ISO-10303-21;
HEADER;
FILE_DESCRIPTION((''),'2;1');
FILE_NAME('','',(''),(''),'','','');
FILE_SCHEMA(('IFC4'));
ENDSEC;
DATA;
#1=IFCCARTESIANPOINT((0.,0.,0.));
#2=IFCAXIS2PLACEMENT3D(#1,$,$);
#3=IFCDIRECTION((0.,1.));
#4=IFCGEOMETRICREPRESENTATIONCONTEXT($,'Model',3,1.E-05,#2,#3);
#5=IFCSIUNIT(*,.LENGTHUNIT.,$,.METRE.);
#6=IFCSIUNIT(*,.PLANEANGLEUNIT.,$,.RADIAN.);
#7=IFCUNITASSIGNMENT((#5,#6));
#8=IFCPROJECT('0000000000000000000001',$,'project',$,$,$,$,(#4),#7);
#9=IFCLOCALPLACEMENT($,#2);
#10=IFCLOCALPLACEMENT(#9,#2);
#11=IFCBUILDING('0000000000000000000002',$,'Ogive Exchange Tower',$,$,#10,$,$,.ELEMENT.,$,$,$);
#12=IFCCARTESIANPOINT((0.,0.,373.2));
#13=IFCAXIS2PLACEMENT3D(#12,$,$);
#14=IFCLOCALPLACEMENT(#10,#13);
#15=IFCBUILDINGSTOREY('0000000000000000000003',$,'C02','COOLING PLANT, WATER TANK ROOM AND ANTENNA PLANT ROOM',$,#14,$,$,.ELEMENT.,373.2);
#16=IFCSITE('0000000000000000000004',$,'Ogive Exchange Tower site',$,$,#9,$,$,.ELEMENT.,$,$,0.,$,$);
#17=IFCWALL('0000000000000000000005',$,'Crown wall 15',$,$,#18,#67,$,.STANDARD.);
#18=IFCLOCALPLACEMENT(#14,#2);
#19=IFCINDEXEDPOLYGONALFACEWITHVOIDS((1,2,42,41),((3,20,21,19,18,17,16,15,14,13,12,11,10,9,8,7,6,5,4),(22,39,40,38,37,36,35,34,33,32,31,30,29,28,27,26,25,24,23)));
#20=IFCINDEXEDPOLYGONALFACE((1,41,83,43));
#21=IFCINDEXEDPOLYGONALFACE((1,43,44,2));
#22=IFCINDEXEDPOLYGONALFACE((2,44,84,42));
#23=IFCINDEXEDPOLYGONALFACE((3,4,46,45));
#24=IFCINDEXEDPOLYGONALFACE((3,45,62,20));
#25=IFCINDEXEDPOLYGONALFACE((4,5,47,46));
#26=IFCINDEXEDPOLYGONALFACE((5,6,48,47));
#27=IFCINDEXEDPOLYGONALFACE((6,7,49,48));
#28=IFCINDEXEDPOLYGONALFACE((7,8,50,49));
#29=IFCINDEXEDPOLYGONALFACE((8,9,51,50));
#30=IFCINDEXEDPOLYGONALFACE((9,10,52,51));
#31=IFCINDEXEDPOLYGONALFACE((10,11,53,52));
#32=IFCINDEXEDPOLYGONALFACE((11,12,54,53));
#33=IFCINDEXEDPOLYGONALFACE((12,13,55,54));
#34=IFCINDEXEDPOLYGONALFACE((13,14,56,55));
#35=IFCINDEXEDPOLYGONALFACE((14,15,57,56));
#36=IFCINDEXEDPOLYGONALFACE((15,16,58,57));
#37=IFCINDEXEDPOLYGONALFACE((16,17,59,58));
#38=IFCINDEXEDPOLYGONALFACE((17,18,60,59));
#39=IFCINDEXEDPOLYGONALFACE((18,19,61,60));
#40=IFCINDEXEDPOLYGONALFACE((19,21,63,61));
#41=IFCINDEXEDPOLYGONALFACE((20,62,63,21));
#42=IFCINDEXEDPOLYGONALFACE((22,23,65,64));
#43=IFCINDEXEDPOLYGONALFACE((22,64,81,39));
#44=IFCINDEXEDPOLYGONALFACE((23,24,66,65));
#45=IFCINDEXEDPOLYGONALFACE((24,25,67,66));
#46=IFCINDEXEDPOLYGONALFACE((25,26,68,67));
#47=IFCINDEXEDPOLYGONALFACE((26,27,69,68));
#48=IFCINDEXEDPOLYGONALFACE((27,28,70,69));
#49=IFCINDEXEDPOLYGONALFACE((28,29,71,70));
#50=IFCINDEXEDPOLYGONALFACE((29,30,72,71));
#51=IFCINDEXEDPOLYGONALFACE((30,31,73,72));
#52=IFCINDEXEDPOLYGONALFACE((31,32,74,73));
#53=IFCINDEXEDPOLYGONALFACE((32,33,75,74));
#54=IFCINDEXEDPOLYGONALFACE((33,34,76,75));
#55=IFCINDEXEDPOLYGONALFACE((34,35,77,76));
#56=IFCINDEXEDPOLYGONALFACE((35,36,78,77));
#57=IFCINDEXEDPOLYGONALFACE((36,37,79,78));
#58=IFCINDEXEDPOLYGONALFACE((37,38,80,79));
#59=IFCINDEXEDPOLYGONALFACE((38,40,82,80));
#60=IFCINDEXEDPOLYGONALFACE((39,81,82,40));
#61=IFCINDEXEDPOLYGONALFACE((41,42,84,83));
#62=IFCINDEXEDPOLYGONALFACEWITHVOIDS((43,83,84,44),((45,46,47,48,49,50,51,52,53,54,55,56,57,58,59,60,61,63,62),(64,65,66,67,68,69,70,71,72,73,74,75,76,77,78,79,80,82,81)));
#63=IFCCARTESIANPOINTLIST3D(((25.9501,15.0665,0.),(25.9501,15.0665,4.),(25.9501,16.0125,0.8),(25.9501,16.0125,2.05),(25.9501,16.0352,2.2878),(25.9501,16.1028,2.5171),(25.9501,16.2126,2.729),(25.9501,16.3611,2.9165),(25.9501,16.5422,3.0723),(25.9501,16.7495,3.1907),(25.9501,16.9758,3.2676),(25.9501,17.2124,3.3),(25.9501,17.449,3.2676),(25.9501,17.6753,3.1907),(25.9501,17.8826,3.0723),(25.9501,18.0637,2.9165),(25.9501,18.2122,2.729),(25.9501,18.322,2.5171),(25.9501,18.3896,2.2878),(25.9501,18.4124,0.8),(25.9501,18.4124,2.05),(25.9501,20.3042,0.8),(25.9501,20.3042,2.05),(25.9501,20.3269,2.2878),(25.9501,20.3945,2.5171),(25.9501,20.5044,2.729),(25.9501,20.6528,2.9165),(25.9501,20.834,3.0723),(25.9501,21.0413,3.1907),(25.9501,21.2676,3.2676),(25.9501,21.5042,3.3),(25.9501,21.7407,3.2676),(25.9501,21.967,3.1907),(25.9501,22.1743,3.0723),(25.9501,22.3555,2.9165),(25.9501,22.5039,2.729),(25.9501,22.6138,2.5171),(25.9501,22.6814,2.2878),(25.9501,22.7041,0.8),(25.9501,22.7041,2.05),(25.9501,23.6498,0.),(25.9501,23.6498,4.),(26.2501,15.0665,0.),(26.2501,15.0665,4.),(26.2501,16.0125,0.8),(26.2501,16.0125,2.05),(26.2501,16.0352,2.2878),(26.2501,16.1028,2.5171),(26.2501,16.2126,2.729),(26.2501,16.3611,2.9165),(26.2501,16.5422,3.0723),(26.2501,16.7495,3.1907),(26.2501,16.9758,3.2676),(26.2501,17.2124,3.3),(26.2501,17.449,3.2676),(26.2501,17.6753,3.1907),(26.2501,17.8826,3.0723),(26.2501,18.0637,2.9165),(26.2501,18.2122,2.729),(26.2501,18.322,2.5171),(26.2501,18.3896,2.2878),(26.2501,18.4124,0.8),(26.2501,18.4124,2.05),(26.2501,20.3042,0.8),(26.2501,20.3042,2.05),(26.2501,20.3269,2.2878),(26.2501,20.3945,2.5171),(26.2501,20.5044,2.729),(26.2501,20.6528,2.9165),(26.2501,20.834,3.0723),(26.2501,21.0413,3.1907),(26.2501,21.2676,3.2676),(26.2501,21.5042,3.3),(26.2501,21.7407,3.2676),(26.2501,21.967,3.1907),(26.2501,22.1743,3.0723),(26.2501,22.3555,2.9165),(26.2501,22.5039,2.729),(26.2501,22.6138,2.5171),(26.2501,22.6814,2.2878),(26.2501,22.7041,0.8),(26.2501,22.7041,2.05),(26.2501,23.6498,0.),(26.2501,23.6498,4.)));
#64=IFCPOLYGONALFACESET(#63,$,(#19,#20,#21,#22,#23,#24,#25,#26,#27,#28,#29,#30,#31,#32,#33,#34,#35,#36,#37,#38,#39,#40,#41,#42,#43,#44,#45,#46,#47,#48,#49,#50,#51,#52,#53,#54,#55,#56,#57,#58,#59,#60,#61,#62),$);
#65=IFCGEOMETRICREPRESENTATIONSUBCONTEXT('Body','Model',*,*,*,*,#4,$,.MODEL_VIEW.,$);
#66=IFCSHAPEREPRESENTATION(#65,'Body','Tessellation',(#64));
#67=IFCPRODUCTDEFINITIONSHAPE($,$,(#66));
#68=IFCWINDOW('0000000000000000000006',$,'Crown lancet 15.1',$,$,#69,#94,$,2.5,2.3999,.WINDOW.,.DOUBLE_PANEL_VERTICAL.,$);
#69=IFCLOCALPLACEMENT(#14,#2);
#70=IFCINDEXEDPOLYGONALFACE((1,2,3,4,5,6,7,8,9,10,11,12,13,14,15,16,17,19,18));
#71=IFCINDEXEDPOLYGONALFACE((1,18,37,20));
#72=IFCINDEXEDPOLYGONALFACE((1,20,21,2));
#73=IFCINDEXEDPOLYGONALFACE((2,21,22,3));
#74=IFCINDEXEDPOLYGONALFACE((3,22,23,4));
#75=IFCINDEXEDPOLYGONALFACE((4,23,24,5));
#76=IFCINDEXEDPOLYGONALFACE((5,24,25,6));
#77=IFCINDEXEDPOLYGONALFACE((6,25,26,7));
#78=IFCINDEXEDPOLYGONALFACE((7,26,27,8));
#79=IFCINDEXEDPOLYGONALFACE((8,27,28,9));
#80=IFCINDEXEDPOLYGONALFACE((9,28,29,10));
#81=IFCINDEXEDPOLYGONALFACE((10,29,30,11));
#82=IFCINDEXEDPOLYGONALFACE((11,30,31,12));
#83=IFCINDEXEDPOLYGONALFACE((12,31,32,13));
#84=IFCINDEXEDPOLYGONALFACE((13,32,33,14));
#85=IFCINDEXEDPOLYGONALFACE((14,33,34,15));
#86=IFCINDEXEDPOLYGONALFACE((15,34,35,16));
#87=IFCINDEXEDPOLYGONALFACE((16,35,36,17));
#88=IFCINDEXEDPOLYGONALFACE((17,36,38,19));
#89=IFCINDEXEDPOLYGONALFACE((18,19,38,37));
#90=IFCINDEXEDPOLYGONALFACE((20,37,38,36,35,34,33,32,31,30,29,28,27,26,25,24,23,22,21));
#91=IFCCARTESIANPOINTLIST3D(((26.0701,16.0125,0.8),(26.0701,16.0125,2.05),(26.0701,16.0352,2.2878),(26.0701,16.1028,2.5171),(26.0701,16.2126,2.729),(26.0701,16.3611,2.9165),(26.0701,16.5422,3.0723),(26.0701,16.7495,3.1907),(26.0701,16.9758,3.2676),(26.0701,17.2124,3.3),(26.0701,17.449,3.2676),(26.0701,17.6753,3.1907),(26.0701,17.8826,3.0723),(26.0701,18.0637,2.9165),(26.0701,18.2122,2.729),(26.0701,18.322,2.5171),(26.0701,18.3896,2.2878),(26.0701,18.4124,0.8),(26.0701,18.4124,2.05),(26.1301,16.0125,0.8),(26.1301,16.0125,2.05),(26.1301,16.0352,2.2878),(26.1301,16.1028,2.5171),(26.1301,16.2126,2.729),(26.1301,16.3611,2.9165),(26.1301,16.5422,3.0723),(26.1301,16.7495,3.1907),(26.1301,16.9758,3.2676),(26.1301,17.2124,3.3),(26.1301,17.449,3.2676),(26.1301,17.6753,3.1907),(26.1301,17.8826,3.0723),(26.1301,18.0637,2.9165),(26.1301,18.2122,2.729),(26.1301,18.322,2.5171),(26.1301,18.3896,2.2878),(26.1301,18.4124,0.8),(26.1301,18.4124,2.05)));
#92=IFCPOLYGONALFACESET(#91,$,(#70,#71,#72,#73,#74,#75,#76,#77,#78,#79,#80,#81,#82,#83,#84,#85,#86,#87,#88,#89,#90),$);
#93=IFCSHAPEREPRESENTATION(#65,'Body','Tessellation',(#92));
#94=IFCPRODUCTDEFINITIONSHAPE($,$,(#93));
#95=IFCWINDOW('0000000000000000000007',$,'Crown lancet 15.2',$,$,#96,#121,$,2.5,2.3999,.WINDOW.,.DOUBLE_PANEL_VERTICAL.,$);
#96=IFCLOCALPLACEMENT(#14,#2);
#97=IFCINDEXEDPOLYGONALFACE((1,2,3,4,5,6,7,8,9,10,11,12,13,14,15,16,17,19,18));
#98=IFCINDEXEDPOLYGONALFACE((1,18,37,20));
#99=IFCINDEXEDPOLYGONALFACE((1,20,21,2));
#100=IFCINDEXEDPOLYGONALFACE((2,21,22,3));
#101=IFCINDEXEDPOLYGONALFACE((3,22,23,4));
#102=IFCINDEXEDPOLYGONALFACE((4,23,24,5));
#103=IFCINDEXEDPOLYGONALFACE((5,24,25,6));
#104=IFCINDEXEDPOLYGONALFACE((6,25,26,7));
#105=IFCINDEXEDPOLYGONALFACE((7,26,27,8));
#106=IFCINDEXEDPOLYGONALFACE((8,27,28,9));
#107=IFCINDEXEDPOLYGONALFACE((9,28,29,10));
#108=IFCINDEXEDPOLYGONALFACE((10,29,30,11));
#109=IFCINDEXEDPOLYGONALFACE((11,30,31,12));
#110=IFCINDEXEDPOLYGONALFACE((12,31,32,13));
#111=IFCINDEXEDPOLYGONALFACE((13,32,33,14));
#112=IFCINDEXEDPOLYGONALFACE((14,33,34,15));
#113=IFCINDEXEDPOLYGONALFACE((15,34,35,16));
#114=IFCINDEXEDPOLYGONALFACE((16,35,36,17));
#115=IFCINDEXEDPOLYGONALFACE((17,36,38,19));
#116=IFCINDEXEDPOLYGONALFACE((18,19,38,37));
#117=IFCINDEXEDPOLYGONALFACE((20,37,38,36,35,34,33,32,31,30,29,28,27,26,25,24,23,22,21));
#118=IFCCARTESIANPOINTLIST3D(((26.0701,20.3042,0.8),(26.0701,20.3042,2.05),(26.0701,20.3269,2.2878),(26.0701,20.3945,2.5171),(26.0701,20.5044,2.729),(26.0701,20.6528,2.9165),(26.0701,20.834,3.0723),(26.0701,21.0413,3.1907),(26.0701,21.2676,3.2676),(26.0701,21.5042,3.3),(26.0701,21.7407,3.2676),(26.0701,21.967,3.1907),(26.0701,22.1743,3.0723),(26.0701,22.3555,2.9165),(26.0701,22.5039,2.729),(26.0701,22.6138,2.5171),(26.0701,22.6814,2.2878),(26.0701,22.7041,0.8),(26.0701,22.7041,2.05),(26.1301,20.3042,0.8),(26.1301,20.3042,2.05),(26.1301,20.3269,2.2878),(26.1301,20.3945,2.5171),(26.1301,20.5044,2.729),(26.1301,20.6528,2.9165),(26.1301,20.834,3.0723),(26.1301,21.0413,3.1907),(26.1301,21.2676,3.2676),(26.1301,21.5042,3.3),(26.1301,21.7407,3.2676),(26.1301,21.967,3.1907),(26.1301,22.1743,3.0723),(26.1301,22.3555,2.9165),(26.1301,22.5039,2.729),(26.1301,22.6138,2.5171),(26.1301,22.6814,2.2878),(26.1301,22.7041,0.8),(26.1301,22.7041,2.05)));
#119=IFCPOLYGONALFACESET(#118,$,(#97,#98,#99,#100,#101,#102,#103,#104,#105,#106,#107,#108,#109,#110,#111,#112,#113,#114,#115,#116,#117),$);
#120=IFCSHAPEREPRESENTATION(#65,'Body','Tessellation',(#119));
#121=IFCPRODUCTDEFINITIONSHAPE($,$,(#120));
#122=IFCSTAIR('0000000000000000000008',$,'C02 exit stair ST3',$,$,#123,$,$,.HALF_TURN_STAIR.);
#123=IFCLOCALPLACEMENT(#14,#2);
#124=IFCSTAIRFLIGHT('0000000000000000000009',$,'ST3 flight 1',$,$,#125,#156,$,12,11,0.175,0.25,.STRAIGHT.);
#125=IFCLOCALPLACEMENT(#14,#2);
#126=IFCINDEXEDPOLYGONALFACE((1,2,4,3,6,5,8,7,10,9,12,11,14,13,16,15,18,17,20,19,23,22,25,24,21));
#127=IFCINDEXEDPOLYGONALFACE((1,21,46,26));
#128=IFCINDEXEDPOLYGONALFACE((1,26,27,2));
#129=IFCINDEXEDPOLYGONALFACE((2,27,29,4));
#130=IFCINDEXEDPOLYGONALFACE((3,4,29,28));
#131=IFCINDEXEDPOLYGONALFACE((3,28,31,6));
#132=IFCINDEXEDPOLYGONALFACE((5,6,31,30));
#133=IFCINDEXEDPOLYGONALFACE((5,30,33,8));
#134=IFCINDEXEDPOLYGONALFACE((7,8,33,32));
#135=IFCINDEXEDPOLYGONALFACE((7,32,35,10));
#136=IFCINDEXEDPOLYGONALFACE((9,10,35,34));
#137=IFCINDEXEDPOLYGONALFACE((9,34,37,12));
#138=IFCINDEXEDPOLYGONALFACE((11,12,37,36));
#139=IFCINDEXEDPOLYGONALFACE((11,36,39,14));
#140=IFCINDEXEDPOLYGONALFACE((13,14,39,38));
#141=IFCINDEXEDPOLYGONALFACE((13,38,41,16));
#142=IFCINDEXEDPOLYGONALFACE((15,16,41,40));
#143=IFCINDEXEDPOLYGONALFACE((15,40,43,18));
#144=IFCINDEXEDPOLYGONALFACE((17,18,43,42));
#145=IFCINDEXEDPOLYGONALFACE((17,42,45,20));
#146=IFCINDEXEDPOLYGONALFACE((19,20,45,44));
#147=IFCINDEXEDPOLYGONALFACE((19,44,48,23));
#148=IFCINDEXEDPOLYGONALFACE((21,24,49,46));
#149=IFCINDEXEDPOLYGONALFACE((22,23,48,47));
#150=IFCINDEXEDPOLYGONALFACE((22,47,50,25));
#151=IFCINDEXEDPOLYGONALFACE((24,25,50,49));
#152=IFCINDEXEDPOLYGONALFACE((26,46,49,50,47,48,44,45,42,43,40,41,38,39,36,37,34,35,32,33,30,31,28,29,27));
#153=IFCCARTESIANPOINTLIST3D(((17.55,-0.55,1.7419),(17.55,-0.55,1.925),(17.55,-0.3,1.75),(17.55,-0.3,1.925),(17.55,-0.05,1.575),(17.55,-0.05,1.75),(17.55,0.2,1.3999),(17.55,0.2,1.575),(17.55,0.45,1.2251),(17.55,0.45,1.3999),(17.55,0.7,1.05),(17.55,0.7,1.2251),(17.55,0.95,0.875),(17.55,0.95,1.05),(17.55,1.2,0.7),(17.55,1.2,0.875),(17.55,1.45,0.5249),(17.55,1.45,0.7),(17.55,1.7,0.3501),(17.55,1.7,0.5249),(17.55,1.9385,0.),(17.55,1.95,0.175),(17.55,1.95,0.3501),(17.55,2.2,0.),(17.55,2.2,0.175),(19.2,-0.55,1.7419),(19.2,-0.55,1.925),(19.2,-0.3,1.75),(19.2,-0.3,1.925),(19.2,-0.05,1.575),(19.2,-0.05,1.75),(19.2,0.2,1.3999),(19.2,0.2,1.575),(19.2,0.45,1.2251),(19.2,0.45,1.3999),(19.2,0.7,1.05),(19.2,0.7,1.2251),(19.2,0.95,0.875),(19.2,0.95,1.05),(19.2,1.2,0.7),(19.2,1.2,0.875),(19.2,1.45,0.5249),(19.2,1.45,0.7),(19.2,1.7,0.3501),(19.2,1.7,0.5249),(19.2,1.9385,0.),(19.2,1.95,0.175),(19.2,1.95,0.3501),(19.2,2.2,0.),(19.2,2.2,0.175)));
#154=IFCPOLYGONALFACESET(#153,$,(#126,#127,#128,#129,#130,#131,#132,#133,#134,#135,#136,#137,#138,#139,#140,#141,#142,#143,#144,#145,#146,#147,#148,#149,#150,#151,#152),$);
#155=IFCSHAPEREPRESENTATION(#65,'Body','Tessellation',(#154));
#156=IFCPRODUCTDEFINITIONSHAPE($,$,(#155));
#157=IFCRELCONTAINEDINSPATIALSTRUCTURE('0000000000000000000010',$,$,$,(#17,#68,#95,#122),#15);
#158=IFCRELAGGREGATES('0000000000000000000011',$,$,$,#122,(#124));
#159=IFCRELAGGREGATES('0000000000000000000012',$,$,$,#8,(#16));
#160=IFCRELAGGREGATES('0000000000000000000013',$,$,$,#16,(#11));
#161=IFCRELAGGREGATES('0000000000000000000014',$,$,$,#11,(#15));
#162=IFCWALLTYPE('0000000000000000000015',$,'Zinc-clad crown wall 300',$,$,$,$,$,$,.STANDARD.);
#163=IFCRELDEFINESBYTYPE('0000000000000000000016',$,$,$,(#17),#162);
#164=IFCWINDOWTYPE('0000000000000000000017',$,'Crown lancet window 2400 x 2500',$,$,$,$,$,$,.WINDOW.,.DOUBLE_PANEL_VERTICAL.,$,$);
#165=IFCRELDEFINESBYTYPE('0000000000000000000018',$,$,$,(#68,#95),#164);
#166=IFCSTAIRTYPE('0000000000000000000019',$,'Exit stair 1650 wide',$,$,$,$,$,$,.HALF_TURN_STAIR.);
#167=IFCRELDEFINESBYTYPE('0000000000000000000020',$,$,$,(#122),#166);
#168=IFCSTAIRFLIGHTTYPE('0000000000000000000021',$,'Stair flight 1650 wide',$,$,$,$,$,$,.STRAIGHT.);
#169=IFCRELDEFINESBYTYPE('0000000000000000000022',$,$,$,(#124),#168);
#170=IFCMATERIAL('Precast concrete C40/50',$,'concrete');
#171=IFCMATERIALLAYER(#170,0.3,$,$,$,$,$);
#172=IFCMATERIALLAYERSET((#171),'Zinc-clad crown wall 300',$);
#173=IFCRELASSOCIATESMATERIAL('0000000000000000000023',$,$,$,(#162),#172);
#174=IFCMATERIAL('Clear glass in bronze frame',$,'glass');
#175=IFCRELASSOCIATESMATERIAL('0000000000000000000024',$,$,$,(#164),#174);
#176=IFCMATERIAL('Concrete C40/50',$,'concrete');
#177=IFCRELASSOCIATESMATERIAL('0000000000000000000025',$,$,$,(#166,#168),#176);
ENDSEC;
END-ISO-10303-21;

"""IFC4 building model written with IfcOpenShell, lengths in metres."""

from ifc_helpers import new_model, si_unit, direction, frame, frame_2d, origin, place, context, subcontext, project, spatial, polyline, rectangle, outline, extrude, material, layer, layer_set, type_object, element, fill, aggregate, save


model = new_model("IFC4")

# Units and contexts
model_context = context("Model", 3, precision=1e-05, world=origin(), true_north=direction((0.0, 1.0)))
body_context = subcontext(model_context, "Body", "Model", "MODEL_VIEW")
ifc_project = project(units=[si_unit("LENGTHUNIT", "METRE"), si_unit("PLANEANGLEUNIT", "RADIAN")], contexts=[model_context])

# Site, building, storey
site_placement = place(None, origin())
site = spatial("IfcSite", under=ifc_project, at=site_placement, Name="Ogive Exchange Tower site", CompositionType="ELEMENT", RefElevation=0.0)
building_placement = place(site_placement, origin())
building = spatial("IfcBuilding", under=site, at=building_placement, Name="Ogive Exchange Tower", CompositionType="ELEMENT")
storey_placement = place(building_placement, frame((0.0, 0.0, 373.2)))
storey = spatial("IfcBuildingStorey", under=building, at=storey_placement, Name="C02", Description="COOLING PLANT, WATER TANK ROOM AND ANTENNA PLANT ROOM", CompositionType="ELEMENT", Elevation=373.2)

# Wall, openings, windows
ifc_material_1 = material(Name="Precast concrete C40/50", Category="concrete")
ifc_layer_1 = layer(ifc_material_1, 0.3)
ifc_layer_set_1 = layer_set([ifc_layer_1], Name="Zinc-clad crown wall 300")
wall_type_1 = type_object("IfcWallType", Name="Zinc-clad crown wall 300", PredefinedType="STANDARD", material=ifc_layer_set_1)
ifc_material_2 = material(Name="Clear glass in bronze frame", Category="glass")
window_type = type_object("IfcWindowType", Name="Crown lancet window 2400 x 2500", PartitioningType="DOUBLE_PANEL_VERTICAL", PredefinedType="WINDOW", material=ifc_material_2)
wall_1_placement = place(storey_placement, frame((26.1001, 15.0667, 0.0), z_axis=(0.0, 0.0, 1.0), x_axis=(0.0, 1.0, 0.0)))
wall_1 = element("IfcWall", 1, at=wall_1_placement, inside=storey, type_object=wall_type_1, Name="Crown wall 15", PredefinedType="STANDARD", context=body_context, shape_type="SweptSolid", body=[
    extrude(rectangle(XDim=8.5833, YDim=0.3, at=frame_2d((4.2915, 0.0))), origin(), (0.0, 0.0, 1.0), 4.0),
])
opening_1_placement = place(wall_1_placement, frame((0.9458, 0.0, 0.8)))
opening_1 = element("IfcOpeningElement", 2, at=opening_1_placement, cuts=wall_1, PredefinedType="OPENING", context=body_context, shape_type="SweptSolid", body=[
    extrude(outline(polyline([(0.0, 0.0), (2.3999, 0.0), (2.3999, 1.25), (2.3772, 1.4878), (2.3096, 1.717), (2.1997, 1.929), (2.0513, 2.1165), (1.8701, 2.2722), (1.6628, 2.3906), (1.4365, 2.4675), (1.2, 2.5), (0.9634, 2.4675), (0.7371, 2.3906), (0.5298, 2.2722), (0.3486, 2.1165), (0.2002, 1.929), (0.0903, 1.717), (0.0227, 1.4878), (0.0, 1.25), (0.0, 0.0)])), frame((0.0, 0.1599, 0.0), z_axis=(0.0, -1.0, 0.0), x_axis=(1.0, 0.0, 0.0)), (0.0, 0.0, 1.0), 0.3201),
])
opening_2_placement = place(wall_1_placement, frame((5.2375, 0.0, 0.8)))
opening_2 = element("IfcOpeningElement", 3, at=opening_2_placement, cuts=wall_1, PredefinedType="OPENING", context=body_context, shape_type="SweptSolid", body=[
    extrude(outline(polyline([(0.0, 0.0), (2.3999, 0.0), (2.3999, 1.25), (2.3772, 1.4878), (2.3096, 1.717), (2.1997, 1.929), (2.0513, 2.1165), (1.8701, 2.2722), (1.6628, 2.3906), (1.4365, 2.4675), (1.2, 2.5), (0.9634, 2.4675), (0.7371, 2.3906), (0.5298, 2.2722), (0.3486, 2.1165), (0.2002, 1.929), (0.0903, 1.717), (0.0227, 1.4878), (0.0, 1.25), (0.0, 0.0)])), frame((0.0, 0.1599, 0.0), z_axis=(0.0, -1.0, 0.0), x_axis=(1.0, 0.0, 0.0)), (0.0, 0.0, 1.0), 0.3201),
])
window_1_placement = place(opening_1_placement, origin())
window_1 = element("IfcWindow", 4, at=window_1_placement, inside=storey, type_object=window_type, Name="Crown lancet 15.1", OverallHeight=2.5, OverallWidth=2.3999, PartitioningType="DOUBLE_PANEL_VERTICAL", PredefinedType="WINDOW", context=body_context, shape_type="SweptSolid", body=[
    extrude(outline(polyline([(0.0, 0.0), (2.3999, 0.0), (2.3999, 1.25), (2.3772, 1.4878), (2.3096, 1.717), (2.1997, 1.929), (2.0513, 2.1165), (1.8701, 2.2722), (1.6628, 2.3906), (1.4365, 2.4675), (1.2, 2.5), (0.9634, 2.4675), (0.7371, 2.3906), (0.5298, 2.2722), (0.3486, 2.1165), (0.2002, 1.929), (0.0903, 1.717), (0.0227, 1.4878), (0.0, 1.25), (0.0, 0.0)])), frame((0.0, 0.03, 0.0), z_axis=(0.0, -1.0, 0.0), x_axis=(1.0, 0.0, 0.0)), (0.0, 0.0, 1.0), 0.0601),
])
fill(opening_1, window_1)
window_2_placement = place(opening_2_placement, origin())
window_2 = element("IfcWindow", 5, at=window_2_placement, inside=storey, type_object=window_type, Name="Crown lancet 15.2", OverallHeight=2.5, OverallWidth=2.3999, PartitioningType="DOUBLE_PANEL_VERTICAL", PredefinedType="WINDOW", context=body_context, shape_type="SweptSolid", body=[
    extrude(outline(polyline([(0.0, 0.0), (2.3999, 0.0), (2.3999, 1.25), (2.3772, 1.4878), (2.3096, 1.717), (2.1997, 1.929), (2.0513, 2.1165), (1.8701, 2.2722), (1.6628, 2.3906), (1.4365, 2.4675), (1.2, 2.5), (0.9634, 2.4675), (0.7371, 2.3906), (0.5298, 2.2722), (0.3486, 2.1165), (0.2002, 1.929), (0.0903, 1.717), (0.0227, 1.4878), (0.0, 1.25), (0.0, 0.0)])), frame((0.0, 0.03, 0.0), z_axis=(0.0, -1.0, 0.0), x_axis=(1.0, 0.0, 0.0)), (0.0, 0.0, 1.0), 0.0601),
])
fill(opening_2, window_2)

# Stair, stair flight
ifc_material_3 = material(Name="Concrete C40/50", Category="concrete")
stair_type = type_object("IfcStairType", Name="Exit stair 1650 wide", PredefinedType="HALF_TURN_STAIR", material=ifc_material_3)
stair_1_placement = place(storey_placement, origin())
stair_1 = element("IfcStair", 6, at=stair_1_placement, inside=storey, type_object=stair_type, Name="C02 exit stair ST3", PredefinedType="HALF_TURN_STAIR")
stair_flight_type = type_object("IfcStairFlightType", Name="Stair flight 1650 wide", PredefinedType="STRAIGHT", material=ifc_material_3)
stair_flight_1_placement = place(storey_placement, frame((18.375, 2.2, 0.0), z_axis=(0.0, 0.0, 1.0), x_axis=(0.0, -1.0, 0.0)))
stair_flight_1 = element("IfcStairFlight", 7, at=stair_flight_1_placement, type_object=stair_flight_type, Name="ST3 flight 1", NumberOfRisers=12, NumberOfTreads=11, PredefinedType="STRAIGHT", RiserHeight=0.175, TreadLength=0.25, context=body_context, shape_type="SweptSolid", body=[
    extrude(outline(polyline([(0.0, 0.0), (0.0, 0.175), (0.25, 0.175), (0.25, 0.3501), (0.5, 0.3501), (0.5, 0.5249), (0.75, 0.5249), (0.75, 0.7), (1.0, 0.7), (1.0, 0.875), (1.25, 0.875), (1.25, 1.05), (1.5, 1.05), (1.5, 1.2251), (1.75, 1.2251), (1.75, 1.3999), (2.0, 1.3999), (2.0, 1.575), (2.25, 1.575), (2.25, 1.75), (2.5, 1.75), (2.5, 1.925), (2.75, 1.925), (2.75, 2.1001), (2.75, 1.7419), (0.2615, 0.0), (0.0, 0.0)])), frame((0.0, 0.825, 0.0), z_axis=(0.0, -1.0, 0.0), x_axis=(1.0, 0.0, 0.0)), (0.0, 0.0, 1.0), 1.6499),
])
aggregate(stair_1, [stair_flight_1])

save(model, "model.ifc")
